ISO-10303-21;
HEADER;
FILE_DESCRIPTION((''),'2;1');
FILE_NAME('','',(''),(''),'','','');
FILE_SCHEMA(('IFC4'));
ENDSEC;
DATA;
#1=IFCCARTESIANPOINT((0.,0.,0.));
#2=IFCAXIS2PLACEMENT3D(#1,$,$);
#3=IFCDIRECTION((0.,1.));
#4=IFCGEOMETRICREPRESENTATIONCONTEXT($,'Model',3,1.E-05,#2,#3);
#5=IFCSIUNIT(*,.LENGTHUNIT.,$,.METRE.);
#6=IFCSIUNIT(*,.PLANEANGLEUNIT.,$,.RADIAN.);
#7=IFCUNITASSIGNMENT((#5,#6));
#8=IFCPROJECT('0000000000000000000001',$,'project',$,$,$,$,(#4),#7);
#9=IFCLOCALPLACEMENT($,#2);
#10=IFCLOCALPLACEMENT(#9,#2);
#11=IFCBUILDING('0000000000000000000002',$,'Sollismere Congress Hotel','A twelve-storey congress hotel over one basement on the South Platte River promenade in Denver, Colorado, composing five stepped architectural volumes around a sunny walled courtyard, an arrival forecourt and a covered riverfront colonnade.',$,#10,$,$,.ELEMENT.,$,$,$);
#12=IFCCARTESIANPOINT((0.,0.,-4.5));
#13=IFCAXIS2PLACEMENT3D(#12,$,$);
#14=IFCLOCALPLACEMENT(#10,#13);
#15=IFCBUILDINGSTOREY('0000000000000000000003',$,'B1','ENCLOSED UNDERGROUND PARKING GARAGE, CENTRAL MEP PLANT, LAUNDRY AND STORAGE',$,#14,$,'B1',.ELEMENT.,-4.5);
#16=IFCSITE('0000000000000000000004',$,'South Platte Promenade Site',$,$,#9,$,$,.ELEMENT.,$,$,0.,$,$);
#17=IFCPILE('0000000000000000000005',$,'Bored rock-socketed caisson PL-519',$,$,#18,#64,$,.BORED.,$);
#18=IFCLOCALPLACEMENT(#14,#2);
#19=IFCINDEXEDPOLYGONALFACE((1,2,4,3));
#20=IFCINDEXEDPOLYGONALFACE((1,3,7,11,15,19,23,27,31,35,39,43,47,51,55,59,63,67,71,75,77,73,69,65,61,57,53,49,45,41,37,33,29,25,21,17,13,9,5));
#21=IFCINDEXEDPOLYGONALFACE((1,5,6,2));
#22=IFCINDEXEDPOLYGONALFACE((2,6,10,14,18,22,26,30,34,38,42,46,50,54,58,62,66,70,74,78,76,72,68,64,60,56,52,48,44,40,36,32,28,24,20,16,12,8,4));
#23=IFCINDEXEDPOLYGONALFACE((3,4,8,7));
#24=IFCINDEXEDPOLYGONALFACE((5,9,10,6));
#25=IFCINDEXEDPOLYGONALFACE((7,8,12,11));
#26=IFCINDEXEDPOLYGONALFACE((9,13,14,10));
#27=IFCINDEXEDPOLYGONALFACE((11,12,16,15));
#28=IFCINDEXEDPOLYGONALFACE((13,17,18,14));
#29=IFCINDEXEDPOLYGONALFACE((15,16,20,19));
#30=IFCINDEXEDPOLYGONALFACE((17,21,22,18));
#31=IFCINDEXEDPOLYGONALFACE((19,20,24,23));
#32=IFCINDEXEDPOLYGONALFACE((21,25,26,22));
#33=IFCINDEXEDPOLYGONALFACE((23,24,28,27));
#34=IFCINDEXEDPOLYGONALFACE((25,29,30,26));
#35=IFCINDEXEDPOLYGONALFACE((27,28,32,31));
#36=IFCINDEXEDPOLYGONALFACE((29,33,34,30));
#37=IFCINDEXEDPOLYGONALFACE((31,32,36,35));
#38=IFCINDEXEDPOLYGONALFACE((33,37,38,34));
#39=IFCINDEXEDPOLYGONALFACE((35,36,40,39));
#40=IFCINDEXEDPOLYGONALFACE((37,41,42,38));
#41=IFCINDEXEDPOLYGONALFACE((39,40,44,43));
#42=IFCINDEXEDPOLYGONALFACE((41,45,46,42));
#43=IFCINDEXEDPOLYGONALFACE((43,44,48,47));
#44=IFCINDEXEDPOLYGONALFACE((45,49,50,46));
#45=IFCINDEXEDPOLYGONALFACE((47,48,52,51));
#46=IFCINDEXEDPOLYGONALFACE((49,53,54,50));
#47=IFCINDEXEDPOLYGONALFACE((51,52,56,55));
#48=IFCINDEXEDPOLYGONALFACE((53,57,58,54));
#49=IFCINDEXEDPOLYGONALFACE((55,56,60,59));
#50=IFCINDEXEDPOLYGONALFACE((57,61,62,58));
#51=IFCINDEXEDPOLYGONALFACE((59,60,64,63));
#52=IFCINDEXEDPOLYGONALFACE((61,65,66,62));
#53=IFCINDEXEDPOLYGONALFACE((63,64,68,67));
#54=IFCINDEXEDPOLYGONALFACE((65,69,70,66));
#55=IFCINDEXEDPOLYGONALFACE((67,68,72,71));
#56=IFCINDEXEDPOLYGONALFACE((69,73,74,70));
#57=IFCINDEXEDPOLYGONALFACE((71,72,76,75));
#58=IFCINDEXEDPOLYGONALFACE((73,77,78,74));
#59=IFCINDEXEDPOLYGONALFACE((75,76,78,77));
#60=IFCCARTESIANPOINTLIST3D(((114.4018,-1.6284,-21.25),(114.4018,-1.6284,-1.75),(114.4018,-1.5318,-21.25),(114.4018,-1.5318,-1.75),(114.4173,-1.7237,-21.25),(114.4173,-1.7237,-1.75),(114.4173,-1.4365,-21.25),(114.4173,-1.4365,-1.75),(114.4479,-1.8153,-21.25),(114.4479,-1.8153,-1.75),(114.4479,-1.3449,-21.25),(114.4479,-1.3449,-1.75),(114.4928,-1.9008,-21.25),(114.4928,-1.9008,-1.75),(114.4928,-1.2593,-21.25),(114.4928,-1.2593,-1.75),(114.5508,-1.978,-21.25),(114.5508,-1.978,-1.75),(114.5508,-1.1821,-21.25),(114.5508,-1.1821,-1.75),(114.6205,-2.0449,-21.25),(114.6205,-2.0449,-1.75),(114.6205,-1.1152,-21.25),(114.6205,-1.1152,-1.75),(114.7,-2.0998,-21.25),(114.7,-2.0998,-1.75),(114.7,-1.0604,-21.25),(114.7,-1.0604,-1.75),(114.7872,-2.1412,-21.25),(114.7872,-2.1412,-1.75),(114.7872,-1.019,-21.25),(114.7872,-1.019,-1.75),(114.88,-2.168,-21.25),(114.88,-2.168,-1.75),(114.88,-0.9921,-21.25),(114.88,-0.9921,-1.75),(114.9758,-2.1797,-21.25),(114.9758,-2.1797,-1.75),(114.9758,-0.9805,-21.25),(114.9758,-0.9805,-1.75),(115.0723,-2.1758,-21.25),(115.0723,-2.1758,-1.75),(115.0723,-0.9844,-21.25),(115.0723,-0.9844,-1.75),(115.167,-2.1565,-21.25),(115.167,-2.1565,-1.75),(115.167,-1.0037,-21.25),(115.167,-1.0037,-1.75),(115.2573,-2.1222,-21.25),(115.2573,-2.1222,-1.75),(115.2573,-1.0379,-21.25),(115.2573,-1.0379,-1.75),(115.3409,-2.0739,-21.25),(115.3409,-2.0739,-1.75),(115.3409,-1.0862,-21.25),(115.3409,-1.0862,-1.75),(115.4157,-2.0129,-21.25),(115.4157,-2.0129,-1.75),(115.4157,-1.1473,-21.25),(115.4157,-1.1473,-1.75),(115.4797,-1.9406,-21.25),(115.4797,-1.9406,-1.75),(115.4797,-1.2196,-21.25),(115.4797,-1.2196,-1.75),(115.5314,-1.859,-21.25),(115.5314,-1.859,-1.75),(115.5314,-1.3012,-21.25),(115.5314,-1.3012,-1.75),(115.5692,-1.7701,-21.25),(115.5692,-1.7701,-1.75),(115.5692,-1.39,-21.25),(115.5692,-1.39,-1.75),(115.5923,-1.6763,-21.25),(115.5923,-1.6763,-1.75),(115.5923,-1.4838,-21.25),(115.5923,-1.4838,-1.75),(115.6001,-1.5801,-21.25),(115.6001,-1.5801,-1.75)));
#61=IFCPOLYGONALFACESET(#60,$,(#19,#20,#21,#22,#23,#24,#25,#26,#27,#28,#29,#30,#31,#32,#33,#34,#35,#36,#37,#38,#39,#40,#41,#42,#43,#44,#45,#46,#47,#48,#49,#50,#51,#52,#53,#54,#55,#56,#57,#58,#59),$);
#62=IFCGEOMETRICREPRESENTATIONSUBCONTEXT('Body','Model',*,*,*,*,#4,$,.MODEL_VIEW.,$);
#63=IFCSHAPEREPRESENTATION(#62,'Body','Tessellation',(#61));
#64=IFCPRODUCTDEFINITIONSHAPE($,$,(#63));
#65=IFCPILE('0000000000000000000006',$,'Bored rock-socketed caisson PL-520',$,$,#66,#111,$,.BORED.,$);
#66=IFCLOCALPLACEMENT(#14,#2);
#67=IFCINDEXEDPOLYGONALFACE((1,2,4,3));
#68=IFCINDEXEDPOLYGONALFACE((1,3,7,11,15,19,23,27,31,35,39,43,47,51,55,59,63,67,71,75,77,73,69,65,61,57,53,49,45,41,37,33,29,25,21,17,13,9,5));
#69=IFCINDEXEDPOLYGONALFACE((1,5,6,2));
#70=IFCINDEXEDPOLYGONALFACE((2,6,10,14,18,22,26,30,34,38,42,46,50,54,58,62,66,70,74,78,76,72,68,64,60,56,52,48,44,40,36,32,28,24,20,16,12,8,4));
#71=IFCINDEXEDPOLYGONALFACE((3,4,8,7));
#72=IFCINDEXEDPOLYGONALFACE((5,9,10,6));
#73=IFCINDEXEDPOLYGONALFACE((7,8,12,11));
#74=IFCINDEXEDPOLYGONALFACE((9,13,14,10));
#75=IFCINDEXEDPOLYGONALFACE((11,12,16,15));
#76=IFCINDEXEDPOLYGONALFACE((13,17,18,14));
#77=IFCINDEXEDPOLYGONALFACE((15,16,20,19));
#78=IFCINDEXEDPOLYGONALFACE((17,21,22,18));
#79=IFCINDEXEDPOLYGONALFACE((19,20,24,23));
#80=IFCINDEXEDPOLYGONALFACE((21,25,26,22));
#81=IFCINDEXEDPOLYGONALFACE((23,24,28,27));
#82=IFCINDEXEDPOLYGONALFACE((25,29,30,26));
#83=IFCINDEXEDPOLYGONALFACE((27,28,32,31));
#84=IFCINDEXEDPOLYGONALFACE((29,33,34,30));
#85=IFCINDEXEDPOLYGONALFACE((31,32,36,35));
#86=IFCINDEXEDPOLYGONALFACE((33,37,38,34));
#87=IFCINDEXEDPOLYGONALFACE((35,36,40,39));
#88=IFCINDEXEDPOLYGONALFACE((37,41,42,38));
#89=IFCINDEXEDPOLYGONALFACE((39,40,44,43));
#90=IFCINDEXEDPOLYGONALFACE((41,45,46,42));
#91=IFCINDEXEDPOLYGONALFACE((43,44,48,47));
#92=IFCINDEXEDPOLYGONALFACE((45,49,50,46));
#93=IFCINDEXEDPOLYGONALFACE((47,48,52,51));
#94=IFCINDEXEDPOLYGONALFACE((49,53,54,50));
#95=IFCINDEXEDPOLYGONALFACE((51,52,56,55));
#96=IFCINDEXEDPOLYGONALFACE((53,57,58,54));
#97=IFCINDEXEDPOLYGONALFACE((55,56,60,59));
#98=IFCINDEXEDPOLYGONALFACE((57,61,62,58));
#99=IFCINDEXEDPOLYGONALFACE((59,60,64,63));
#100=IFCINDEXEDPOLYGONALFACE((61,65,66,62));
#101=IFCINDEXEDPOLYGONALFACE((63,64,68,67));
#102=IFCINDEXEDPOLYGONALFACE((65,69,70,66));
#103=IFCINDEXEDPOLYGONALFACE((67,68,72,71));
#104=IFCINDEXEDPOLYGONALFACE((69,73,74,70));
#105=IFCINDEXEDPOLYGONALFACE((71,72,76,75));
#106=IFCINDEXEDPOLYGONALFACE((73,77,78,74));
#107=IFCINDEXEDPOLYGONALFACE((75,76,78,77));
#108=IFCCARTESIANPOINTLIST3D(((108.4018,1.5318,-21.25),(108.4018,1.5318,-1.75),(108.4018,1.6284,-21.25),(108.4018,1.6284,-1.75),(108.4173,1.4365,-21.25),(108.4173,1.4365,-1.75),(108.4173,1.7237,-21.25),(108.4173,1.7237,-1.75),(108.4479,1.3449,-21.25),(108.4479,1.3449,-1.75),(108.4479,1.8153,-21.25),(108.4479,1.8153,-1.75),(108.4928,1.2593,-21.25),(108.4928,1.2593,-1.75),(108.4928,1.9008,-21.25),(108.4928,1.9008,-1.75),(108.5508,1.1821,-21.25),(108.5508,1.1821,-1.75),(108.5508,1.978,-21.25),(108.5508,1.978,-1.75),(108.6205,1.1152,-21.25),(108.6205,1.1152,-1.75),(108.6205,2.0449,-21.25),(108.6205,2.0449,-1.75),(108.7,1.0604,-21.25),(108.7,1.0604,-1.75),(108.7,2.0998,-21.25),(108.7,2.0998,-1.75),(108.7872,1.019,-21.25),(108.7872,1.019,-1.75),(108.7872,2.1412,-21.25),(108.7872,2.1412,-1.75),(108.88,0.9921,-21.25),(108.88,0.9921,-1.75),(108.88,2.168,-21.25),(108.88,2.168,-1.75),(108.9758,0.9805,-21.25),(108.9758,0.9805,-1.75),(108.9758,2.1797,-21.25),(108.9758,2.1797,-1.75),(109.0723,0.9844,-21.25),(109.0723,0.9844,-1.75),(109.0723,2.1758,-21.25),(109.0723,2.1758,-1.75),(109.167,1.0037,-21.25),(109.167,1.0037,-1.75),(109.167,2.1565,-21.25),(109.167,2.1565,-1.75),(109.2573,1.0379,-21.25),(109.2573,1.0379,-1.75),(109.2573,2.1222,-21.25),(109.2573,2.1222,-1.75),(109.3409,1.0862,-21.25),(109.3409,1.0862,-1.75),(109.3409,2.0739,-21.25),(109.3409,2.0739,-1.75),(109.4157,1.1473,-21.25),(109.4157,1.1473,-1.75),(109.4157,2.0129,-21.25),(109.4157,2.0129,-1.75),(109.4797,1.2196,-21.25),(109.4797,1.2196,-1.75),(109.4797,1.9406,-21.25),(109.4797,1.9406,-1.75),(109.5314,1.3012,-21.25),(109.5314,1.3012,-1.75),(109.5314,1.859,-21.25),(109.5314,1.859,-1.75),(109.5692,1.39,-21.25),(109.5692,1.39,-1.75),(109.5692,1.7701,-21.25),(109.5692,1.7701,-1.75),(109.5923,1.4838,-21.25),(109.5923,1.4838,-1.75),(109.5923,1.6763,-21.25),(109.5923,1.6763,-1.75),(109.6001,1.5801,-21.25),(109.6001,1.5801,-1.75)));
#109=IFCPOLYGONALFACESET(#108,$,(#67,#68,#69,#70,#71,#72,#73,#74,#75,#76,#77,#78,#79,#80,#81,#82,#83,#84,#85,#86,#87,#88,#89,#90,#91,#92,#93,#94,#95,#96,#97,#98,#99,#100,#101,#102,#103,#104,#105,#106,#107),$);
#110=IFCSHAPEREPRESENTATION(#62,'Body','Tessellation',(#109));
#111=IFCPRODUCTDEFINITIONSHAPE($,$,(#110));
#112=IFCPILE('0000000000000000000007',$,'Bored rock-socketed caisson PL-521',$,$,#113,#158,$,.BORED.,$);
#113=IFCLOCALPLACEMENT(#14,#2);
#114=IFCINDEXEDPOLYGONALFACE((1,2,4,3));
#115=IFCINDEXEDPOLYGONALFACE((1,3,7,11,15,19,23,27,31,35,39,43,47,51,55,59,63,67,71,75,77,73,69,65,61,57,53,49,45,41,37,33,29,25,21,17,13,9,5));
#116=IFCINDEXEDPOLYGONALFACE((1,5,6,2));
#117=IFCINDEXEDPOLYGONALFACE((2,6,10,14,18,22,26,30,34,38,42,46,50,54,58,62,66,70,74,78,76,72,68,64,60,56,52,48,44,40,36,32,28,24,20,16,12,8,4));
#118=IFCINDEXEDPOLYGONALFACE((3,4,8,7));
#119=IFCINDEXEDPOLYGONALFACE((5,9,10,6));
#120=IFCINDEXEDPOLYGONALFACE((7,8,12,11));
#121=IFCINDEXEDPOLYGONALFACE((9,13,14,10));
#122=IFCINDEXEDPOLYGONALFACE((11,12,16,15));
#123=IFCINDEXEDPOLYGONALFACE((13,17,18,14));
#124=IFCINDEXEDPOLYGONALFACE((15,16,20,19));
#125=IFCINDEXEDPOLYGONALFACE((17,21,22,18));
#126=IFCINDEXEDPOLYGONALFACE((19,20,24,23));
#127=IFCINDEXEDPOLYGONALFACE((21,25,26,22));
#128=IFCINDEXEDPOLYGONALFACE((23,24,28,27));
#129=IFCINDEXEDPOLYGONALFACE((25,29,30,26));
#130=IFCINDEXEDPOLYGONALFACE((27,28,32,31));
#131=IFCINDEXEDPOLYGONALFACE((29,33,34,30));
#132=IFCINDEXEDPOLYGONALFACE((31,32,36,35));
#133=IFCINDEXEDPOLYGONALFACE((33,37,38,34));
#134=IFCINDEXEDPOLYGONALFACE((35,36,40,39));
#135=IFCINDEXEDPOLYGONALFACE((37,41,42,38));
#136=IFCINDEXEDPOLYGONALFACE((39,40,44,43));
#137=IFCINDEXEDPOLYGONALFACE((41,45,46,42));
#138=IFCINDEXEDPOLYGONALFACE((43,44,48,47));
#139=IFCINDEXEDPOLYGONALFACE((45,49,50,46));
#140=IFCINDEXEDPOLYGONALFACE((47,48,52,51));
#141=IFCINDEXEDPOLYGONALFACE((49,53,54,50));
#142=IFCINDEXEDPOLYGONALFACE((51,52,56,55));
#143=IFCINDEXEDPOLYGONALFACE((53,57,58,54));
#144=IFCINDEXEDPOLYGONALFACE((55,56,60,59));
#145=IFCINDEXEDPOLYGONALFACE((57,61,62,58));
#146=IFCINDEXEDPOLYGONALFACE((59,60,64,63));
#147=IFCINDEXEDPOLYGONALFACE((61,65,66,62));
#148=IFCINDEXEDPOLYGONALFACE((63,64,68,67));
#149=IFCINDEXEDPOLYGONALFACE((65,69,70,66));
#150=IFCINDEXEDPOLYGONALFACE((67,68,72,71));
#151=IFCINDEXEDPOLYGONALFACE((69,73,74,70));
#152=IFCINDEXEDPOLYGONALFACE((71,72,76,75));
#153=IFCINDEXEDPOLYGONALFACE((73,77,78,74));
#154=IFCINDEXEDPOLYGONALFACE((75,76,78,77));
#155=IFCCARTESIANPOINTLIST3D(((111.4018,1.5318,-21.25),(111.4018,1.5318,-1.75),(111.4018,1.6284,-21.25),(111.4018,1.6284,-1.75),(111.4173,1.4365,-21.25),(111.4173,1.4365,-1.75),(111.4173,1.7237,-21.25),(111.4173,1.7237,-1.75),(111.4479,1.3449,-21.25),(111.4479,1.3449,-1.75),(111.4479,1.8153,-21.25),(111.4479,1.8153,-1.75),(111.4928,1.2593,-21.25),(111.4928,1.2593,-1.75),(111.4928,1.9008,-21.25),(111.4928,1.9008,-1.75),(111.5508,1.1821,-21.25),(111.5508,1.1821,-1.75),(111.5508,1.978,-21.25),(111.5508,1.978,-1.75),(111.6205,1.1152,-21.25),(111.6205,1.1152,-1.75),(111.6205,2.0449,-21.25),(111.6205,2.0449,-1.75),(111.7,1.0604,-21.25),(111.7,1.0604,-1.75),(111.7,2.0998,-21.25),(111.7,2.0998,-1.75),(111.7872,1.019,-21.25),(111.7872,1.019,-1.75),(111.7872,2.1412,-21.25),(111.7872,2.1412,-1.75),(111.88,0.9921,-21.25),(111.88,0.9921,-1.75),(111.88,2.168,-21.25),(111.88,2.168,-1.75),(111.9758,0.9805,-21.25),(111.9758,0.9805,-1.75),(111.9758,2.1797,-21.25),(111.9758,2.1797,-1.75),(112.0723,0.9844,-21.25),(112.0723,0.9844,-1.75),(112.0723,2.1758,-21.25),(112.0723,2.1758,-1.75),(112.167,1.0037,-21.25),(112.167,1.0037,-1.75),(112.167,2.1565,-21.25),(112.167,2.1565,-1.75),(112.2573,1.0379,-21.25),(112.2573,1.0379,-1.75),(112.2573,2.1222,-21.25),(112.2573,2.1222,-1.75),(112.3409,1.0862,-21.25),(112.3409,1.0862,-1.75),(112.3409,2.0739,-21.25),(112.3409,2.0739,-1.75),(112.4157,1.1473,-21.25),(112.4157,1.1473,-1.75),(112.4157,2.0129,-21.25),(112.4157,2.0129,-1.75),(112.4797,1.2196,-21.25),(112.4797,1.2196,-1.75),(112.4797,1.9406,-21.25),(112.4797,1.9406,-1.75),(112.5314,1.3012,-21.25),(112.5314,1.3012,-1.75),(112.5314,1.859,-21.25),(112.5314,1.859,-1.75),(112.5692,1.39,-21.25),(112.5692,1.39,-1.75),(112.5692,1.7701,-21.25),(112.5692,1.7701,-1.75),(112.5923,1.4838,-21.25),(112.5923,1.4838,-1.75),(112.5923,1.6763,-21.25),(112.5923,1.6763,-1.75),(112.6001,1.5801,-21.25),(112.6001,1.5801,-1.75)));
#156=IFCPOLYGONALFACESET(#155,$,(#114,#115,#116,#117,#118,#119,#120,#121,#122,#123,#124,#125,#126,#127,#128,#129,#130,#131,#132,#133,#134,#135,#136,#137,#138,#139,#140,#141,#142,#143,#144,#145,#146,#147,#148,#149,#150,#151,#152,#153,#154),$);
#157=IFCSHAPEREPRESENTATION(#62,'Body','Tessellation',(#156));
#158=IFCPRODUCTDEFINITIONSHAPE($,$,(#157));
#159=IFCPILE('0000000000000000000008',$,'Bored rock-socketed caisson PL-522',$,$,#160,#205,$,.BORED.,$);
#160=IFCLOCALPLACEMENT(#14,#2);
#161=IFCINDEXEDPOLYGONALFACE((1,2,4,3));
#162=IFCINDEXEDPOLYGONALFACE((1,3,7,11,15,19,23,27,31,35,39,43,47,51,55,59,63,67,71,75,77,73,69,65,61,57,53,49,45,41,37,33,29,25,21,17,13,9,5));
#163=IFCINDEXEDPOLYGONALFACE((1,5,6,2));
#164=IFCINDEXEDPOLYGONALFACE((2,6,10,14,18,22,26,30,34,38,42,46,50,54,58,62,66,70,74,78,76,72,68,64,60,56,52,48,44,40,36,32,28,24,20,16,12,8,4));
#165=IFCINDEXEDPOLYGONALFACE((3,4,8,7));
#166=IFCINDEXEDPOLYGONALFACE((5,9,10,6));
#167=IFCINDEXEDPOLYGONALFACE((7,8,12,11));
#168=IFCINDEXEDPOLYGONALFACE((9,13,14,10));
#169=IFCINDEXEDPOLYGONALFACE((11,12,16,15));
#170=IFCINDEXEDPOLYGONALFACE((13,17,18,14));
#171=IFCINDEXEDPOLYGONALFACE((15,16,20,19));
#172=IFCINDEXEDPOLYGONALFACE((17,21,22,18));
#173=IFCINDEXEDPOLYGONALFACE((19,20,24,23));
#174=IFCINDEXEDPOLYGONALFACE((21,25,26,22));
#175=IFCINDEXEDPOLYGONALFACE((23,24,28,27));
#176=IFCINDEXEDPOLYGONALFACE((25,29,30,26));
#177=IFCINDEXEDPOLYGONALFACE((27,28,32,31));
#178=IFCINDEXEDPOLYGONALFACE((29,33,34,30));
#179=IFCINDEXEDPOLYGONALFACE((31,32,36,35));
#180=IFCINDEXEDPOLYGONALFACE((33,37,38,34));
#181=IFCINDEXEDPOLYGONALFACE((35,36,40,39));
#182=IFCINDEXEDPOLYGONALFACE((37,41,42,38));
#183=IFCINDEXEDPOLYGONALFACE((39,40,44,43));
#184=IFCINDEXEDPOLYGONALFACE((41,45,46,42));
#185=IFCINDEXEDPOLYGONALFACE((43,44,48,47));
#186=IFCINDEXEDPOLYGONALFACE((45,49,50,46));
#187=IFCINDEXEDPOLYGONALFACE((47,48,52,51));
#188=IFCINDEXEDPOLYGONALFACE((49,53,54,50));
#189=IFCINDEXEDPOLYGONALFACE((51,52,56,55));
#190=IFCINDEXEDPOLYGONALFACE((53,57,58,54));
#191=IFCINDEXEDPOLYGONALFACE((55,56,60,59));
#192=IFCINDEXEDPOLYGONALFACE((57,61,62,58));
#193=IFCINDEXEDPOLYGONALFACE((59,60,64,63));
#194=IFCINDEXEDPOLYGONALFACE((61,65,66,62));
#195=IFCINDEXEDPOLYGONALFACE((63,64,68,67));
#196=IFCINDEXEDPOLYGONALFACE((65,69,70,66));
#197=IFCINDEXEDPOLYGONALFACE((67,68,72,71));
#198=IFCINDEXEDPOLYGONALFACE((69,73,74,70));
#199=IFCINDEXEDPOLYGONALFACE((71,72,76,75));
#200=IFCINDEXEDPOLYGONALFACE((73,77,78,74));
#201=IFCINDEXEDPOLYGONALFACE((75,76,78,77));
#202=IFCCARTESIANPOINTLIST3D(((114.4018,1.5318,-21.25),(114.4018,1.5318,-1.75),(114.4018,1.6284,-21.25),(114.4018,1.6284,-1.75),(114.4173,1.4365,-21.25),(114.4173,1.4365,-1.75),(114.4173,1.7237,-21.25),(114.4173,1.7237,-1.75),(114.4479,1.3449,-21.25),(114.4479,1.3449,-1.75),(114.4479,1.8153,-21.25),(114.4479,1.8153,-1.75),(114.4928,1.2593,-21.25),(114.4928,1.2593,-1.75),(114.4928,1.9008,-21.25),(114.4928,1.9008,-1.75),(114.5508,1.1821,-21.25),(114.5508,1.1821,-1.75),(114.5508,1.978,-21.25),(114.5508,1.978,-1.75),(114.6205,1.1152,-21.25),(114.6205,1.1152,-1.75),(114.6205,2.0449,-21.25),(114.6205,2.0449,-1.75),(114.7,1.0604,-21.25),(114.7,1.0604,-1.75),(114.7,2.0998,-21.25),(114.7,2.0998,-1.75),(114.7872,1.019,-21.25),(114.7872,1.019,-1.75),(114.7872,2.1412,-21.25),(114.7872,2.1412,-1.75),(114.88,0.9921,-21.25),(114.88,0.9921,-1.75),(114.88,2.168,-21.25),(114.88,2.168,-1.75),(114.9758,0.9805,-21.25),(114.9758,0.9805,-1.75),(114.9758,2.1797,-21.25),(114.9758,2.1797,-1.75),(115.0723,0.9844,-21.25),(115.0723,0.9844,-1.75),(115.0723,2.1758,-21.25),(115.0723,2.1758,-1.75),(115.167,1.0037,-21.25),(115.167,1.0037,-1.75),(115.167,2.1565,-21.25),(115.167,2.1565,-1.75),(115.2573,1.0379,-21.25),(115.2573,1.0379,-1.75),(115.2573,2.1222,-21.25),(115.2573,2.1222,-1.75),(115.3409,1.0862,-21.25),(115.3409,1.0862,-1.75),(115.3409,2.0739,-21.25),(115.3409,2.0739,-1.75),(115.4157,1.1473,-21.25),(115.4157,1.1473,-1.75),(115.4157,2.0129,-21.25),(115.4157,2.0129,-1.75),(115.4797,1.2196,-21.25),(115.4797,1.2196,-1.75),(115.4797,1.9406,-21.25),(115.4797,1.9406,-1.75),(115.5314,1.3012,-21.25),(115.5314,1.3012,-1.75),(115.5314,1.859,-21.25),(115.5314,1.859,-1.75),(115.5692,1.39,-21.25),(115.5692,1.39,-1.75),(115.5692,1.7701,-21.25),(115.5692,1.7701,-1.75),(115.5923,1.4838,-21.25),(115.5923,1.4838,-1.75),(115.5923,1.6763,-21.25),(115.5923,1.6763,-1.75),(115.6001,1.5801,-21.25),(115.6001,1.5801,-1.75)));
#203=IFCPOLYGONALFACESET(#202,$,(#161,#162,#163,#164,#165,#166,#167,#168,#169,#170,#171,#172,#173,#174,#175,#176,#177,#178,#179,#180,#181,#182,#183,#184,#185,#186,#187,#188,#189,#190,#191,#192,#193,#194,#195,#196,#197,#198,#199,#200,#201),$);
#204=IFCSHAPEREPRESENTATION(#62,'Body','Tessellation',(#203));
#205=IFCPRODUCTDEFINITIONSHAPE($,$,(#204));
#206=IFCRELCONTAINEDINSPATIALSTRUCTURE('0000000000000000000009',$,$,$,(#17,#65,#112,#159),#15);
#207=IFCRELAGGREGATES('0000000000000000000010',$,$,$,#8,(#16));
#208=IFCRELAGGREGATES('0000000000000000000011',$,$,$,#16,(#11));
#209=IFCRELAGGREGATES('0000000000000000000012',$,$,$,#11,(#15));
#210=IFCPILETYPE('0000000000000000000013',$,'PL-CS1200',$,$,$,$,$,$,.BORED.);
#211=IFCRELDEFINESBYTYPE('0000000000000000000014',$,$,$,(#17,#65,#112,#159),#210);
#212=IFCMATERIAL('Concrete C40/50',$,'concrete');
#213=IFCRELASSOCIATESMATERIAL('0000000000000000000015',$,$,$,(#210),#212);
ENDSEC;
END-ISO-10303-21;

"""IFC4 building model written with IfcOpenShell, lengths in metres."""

from ifc_helpers import new_model, si_unit, direction, frame, origin, origin_2d, place, context, subcontext, project, spatial, circle, extrude, material, material_profile, profile_set, type_object, element, save


model = new_model("IFC4")

# Units and contexts
model_context = context("Model", 3, precision=1e-05, world=origin(), true_north=direction((0.0, 1.0)))
body_context = subcontext(model_context, "Body", "Model", "MODEL_VIEW")
ifc_project = project(units=[si_unit("LENGTHUNIT", "METRE"), si_unit("PLANEANGLEUNIT", "RADIAN")], contexts=[model_context])

# Site, building, storey
site_placement = place(None, origin())
site = spatial("IfcSite", under=ifc_project, at=site_placement, Name="South Platte Promenade Site", CompositionType="ELEMENT", RefElevation=0.0)
building_placement = place(site_placement, origin())
building = spatial("IfcBuilding", under=site, at=building_placement, Name="Sollismere Congress Hotel", Description="A twelve-storey congress hotel over one basement on the South Platte River promenade in Denver, Colorado, composing five stepped architectural volumes around a sunny walled courtyard, an arrival forecourt and a covered riverfront colonnade.", CompositionType="ELEMENT")
storey_placement = place(building_placement, frame((0.0, 0.0, -4.5)))
storey = spatial("IfcBuildingStorey", under=building, at=storey_placement, Name="B1", Description="ENCLOSED UNDERGROUND PARKING GARAGE, CENTRAL MEP PLANT, LAUNDRY AND STORAGE", LongName="B1", CompositionType="ELEMENT", Elevation=-4.5)

# Shared definitions
ifc_material_1 = material(Name="Concrete C40/50", Category="concrete")

# Piles
ifc_material_profile_1 = material_profile(ifc_material_1, circle(Radius=0.6001, at=origin_2d()), Name="CAISSON1200")
ifc_profile_set_1 = profile_set([ifc_material_profile_1], Name="Concrete C40/50")
pile_type = type_object("IfcPileType", Name="PL-CS1200", PredefinedType="BORED", material=ifc_profile_set_1)
for number, where, z_axis, x_axis, name in (
    (1, (115.0, -1.5801, -1.75), (0.0, 0.0, -1.0), (1.0, 0.0, 0.0), "Bored rock-socketed caisson PL-519"),
    (2, (109.0, 1.5801, -1.75), (0.0, 0.0, -1.0), (1.0, 0.0, 0.0), "Bored rock-socketed caisson PL-520"),
    (3, (112.0, 1.5801, -1.75), (0.0, 0.0, -1.0), (1.0, 0.0, 0.0), "Bored rock-socketed caisson PL-521"),
    (4, (115.0, 1.5801, -1.75), (0.0, 0.0, -1.0), (1.0, 0.0, 0.0), "Bored rock-socketed caisson PL-522"),
):
    element("IfcPile", number, at=place(storey_placement, frame(where, z_axis=z_axis, x_axis=x_axis)), inside=storey, type_object=pile_type, Name=name, PredefinedType="BORED", context=body_context, shape_type="SweptSolid", body=[
        extrude(circle(Radius=0.6001, at=origin_2d()), origin(), (0.0, 0.0, 1.0), 19.5),
    ])

save(model, "model.ifc")
